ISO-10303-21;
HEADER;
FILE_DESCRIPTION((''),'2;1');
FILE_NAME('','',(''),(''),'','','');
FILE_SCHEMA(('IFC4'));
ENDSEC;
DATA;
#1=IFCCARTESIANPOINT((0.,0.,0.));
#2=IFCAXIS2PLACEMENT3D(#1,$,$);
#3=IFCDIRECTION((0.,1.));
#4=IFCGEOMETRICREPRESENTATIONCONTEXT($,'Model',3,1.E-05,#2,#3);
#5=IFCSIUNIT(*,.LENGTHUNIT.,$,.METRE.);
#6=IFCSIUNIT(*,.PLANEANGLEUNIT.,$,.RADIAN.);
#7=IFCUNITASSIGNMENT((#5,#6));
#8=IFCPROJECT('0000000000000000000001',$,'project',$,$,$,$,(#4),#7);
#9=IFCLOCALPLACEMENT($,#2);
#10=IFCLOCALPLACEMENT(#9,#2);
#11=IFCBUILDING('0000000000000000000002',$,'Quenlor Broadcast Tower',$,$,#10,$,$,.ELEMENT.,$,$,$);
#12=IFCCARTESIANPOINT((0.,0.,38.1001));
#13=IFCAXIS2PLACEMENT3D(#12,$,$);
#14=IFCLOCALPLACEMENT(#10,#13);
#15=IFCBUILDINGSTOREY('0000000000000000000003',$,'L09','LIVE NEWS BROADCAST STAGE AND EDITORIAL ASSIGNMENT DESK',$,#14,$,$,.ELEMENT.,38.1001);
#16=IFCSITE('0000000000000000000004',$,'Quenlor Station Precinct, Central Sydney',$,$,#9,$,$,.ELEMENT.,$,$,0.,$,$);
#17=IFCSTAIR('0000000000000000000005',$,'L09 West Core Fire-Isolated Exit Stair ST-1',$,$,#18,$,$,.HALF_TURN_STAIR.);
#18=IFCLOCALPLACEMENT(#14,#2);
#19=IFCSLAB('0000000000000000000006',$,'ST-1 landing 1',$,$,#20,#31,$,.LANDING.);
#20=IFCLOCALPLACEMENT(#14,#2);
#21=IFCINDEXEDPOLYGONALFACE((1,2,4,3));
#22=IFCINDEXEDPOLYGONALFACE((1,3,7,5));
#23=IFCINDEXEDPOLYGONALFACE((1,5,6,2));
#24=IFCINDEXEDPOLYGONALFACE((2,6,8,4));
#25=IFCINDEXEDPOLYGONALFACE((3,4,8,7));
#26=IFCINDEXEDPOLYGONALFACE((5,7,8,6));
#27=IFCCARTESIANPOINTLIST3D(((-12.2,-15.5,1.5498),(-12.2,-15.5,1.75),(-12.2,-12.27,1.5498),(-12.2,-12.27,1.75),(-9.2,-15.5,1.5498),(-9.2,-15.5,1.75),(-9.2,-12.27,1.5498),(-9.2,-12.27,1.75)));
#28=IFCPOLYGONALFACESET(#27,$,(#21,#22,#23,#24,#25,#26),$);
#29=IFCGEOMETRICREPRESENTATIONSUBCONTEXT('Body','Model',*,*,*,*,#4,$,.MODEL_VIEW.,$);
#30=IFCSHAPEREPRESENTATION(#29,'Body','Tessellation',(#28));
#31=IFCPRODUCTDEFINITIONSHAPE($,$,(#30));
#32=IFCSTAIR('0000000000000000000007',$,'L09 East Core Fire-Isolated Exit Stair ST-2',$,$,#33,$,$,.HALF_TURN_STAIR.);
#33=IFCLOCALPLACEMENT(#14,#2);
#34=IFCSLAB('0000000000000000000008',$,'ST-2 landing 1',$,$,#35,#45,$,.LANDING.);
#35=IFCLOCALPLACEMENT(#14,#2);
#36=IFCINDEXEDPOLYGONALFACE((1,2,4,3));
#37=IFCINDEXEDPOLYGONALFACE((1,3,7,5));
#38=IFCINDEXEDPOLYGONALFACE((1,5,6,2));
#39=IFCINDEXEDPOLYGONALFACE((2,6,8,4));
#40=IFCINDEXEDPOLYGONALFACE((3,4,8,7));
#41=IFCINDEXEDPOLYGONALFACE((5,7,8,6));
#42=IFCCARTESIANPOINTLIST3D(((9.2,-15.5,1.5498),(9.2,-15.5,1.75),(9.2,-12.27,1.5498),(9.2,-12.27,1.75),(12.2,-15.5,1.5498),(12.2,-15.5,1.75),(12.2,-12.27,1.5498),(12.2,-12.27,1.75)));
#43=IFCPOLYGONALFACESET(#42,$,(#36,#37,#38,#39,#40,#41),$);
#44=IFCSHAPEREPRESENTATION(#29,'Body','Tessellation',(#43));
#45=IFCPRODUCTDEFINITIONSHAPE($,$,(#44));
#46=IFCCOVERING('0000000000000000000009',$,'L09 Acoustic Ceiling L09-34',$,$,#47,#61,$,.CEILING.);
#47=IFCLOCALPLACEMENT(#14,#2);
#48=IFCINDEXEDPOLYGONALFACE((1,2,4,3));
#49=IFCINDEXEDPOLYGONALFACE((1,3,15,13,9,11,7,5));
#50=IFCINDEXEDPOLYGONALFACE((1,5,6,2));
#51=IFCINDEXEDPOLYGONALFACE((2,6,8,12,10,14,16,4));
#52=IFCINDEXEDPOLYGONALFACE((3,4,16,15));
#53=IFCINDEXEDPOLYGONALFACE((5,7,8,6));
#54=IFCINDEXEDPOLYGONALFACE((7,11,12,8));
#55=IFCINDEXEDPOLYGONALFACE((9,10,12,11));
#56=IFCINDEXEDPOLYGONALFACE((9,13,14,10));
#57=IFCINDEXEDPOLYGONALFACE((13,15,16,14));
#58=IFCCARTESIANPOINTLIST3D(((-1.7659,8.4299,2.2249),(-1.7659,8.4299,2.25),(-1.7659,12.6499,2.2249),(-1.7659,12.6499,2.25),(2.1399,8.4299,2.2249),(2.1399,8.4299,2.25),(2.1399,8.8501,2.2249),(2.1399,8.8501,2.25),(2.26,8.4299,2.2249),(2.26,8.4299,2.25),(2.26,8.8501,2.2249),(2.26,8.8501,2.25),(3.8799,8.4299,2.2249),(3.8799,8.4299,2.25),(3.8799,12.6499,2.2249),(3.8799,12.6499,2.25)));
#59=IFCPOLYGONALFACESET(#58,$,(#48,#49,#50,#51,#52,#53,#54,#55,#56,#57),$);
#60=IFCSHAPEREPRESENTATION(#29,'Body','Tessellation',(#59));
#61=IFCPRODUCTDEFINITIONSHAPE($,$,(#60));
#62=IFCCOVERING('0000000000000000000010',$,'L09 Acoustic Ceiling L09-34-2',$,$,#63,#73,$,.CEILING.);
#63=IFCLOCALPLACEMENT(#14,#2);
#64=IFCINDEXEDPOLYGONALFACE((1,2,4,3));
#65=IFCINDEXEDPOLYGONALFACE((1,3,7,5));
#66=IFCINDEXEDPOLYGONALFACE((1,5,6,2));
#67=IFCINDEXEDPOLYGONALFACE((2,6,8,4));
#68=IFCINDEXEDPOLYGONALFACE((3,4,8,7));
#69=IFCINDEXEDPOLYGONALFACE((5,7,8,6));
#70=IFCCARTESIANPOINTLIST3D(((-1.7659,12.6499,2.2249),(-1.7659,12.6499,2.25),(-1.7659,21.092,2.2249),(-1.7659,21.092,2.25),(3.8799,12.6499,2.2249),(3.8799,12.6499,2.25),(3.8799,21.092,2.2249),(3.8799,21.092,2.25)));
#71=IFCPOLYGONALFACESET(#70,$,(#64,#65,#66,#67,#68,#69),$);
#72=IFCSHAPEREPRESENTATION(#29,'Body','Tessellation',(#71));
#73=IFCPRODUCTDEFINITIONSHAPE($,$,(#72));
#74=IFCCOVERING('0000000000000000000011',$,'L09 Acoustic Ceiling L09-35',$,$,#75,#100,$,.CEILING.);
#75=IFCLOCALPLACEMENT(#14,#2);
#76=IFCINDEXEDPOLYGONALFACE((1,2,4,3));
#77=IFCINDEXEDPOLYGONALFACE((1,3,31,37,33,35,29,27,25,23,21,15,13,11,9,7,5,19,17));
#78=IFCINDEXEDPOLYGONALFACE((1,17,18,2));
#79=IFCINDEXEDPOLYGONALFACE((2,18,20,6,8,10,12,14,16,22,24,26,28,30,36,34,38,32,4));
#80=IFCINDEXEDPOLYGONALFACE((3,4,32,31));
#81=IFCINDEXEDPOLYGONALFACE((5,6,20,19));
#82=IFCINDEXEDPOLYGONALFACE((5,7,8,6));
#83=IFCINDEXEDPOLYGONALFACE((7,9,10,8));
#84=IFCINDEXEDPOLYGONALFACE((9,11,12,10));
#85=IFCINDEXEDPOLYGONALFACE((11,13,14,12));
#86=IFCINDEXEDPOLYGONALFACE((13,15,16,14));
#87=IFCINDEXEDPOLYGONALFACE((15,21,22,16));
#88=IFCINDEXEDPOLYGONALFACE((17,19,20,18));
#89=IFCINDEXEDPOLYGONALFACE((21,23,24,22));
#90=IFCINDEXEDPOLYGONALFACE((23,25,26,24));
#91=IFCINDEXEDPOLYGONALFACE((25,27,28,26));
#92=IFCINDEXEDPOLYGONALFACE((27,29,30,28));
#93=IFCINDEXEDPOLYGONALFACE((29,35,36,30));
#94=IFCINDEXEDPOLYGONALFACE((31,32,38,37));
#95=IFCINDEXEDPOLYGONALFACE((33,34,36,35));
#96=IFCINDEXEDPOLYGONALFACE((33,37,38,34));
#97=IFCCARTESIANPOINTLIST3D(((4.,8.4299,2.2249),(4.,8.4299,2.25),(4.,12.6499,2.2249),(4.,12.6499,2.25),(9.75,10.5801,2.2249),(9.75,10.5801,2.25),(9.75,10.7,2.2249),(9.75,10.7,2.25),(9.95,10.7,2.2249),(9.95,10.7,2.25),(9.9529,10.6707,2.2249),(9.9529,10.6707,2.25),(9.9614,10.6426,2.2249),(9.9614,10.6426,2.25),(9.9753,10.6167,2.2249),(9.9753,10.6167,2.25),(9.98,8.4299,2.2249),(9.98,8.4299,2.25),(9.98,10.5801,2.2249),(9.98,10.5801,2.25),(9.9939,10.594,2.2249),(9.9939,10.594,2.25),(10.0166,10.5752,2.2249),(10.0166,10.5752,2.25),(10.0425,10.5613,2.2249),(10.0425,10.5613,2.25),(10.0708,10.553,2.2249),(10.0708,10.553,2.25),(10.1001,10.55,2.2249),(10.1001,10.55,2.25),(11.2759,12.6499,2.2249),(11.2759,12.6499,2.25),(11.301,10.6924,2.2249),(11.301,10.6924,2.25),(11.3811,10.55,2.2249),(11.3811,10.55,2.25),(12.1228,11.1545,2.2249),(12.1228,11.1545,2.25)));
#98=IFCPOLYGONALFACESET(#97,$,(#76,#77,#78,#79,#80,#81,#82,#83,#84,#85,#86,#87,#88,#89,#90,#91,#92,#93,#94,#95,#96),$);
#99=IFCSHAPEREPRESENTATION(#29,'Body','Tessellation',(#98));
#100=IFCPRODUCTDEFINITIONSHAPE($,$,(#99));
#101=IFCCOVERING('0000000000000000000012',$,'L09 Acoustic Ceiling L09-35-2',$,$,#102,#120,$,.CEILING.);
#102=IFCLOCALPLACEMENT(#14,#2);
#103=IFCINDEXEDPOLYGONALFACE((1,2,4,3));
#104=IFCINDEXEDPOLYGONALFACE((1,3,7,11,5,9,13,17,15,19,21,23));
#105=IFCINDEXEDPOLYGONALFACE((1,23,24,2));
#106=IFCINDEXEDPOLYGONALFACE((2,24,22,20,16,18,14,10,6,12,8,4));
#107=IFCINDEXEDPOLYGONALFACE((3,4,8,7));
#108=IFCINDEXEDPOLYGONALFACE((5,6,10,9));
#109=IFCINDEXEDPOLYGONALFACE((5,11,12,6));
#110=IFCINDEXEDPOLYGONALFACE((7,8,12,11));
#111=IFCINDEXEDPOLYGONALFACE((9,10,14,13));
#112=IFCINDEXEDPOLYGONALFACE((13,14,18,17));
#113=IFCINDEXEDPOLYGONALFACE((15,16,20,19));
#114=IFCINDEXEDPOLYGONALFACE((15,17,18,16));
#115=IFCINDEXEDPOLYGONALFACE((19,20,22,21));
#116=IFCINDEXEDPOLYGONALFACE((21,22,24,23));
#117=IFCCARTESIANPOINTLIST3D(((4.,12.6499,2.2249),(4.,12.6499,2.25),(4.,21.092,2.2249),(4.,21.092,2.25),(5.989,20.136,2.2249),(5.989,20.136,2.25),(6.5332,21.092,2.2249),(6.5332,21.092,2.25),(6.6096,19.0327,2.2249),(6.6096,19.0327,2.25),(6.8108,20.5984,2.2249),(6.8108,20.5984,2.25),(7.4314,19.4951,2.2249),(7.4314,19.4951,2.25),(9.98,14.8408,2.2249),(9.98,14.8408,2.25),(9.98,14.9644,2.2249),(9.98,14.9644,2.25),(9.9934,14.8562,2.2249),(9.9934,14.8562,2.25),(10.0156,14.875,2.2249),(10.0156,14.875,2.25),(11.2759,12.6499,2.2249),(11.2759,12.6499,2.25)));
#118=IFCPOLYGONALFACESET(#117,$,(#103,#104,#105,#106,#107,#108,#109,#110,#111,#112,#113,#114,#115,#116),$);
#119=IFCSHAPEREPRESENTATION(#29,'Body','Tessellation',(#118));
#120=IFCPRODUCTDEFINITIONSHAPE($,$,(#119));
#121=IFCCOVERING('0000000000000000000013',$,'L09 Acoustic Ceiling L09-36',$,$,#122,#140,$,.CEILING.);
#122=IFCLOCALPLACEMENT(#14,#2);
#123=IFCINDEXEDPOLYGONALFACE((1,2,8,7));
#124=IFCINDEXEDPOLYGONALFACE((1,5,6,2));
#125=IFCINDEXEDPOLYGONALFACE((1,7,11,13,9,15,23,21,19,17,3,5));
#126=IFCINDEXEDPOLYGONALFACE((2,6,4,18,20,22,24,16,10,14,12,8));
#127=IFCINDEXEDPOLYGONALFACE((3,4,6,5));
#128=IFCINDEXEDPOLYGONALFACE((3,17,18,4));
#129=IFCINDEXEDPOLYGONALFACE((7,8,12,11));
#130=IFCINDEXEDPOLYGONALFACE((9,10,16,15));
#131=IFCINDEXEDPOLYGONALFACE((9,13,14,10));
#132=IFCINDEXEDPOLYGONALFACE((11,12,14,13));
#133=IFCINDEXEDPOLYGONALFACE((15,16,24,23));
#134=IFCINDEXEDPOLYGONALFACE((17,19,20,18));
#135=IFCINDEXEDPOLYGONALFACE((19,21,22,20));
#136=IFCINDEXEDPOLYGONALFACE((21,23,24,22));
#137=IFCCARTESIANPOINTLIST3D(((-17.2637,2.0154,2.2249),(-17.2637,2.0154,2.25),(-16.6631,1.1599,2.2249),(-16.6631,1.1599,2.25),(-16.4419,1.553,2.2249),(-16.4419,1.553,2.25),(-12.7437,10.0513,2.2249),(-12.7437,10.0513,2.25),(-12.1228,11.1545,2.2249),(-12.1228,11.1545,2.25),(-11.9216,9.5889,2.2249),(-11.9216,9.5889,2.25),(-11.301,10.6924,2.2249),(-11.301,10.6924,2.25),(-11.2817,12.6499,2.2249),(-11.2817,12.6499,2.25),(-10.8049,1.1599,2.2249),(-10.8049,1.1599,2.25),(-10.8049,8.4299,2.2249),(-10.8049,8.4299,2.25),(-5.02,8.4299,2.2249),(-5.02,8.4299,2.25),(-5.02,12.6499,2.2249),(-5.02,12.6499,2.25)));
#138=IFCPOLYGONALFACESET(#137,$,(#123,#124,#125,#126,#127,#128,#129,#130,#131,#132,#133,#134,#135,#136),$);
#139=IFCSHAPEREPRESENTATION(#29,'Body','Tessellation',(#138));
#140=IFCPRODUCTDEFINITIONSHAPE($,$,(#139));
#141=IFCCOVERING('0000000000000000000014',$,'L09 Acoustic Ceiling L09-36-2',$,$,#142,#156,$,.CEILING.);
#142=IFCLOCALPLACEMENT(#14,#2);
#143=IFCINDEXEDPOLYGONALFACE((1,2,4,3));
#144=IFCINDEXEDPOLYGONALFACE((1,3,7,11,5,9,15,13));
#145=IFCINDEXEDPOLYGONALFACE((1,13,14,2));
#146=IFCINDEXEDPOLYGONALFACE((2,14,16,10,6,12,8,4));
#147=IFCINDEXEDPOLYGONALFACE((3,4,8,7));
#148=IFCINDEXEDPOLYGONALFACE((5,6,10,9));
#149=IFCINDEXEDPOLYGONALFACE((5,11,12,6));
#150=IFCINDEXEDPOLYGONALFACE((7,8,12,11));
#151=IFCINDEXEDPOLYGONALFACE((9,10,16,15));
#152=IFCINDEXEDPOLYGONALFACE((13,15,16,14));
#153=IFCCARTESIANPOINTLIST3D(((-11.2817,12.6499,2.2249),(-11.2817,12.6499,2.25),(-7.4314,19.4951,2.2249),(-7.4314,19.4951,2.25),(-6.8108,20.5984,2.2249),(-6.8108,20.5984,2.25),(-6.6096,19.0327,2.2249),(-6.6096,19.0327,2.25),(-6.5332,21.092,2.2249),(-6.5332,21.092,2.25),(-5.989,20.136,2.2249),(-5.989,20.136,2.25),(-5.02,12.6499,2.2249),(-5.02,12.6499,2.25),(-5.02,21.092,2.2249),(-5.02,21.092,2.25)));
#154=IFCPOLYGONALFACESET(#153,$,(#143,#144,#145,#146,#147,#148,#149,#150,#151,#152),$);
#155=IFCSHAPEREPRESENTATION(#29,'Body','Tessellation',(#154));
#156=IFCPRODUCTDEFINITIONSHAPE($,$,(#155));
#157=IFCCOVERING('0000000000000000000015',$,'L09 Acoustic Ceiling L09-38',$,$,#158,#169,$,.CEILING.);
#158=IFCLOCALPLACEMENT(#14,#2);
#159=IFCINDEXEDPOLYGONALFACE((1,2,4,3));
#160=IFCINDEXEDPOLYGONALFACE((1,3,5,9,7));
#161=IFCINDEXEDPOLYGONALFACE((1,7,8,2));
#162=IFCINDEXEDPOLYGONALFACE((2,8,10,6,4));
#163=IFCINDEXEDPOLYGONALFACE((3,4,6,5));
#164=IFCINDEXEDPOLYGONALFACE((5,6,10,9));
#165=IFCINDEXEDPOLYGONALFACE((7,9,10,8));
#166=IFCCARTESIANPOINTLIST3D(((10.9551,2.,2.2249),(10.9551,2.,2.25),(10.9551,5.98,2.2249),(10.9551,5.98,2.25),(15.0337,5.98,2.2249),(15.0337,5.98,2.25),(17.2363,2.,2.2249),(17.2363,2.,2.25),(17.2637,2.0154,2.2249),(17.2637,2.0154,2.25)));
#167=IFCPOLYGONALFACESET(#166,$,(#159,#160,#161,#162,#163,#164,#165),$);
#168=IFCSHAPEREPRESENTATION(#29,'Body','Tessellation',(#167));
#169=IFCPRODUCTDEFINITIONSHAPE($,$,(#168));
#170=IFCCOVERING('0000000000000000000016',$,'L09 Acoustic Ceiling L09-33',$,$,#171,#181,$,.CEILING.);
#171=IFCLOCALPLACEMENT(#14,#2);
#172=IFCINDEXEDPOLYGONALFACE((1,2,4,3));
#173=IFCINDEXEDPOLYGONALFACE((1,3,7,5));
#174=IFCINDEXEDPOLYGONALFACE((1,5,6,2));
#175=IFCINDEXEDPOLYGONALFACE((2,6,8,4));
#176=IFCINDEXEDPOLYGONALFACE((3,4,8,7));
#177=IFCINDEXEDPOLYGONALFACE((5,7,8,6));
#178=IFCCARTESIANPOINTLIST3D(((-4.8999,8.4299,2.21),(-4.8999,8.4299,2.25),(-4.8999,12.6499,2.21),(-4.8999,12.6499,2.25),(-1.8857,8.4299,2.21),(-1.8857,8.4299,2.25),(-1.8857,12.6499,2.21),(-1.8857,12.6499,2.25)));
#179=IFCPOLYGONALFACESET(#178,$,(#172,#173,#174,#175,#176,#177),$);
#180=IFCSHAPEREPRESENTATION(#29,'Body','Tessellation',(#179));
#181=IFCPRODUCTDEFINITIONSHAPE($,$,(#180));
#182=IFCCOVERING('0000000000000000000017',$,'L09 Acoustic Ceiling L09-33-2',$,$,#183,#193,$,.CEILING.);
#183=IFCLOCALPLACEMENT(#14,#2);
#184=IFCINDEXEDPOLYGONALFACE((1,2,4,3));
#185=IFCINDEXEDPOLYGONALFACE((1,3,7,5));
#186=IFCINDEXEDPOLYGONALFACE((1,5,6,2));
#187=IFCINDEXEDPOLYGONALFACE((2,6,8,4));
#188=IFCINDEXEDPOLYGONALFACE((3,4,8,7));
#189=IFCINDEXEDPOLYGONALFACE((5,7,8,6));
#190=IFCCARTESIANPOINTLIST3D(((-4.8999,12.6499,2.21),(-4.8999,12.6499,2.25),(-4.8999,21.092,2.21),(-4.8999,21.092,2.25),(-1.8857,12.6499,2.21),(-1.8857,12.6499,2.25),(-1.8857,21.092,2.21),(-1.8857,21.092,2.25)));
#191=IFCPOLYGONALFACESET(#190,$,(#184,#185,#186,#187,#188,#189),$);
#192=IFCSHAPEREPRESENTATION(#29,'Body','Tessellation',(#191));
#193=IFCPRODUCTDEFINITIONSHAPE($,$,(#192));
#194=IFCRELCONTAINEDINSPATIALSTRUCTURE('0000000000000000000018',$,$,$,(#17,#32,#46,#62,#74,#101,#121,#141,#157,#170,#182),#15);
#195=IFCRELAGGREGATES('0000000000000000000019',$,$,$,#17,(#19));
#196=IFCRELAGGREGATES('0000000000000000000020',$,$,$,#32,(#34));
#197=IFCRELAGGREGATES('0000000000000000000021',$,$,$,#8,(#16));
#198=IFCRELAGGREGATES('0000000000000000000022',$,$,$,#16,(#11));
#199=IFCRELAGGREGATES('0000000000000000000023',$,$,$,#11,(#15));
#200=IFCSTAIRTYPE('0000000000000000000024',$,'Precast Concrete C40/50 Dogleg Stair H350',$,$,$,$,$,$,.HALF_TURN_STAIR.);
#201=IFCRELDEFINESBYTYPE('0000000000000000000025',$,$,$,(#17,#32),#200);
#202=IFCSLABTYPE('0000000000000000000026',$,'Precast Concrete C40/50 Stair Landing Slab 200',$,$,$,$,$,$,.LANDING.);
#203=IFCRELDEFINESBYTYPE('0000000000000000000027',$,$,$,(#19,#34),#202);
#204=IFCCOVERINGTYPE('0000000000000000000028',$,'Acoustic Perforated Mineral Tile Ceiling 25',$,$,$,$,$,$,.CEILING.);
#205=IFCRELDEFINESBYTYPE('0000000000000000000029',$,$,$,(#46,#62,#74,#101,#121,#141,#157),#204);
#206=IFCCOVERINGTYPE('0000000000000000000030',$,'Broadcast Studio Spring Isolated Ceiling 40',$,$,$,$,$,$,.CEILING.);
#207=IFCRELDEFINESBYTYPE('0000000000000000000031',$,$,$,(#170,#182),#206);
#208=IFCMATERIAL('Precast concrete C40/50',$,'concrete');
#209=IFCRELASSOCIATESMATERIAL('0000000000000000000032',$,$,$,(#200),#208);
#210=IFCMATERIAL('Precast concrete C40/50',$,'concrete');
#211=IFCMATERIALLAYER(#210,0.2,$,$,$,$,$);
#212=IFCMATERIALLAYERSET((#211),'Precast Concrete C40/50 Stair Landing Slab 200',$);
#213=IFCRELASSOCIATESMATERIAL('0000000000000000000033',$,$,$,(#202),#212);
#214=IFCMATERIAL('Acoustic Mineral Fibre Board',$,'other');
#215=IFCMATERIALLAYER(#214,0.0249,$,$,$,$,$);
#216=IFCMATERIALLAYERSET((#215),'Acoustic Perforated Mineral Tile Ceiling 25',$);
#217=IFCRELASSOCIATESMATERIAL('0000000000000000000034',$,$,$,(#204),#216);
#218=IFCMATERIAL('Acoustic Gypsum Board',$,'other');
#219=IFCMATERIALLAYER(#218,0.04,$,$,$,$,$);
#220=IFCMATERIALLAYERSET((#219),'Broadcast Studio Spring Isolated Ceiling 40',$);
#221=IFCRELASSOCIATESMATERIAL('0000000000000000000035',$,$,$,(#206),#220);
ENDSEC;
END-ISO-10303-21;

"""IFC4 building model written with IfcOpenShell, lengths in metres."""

from ifc_helpers import new_model, si_unit, direction, frame, origin, place, context, subcontext, project, spatial, polyline, outline, extrude, material, layer, layer_set, type_object, element, aggregate, save


model = new_model("IFC4")

# Units and contexts
model_context = context("Model", 3, precision=1e-05, world=origin(), true_north=direction((0.0, 1.0)))
body_context = subcontext(model_context, "Body", "Model", "MODEL_VIEW")
ifc_project = project(units=[si_unit("LENGTHUNIT", "METRE"), si_unit("PLANEANGLEUNIT", "RADIAN")], contexts=[model_context])

# Site, building, storey
site_placement = place(None, origin())
site = spatial("IfcSite", under=ifc_project, at=site_placement, Name="Quenlor Station Precinct, Central Sydney", CompositionType="ELEMENT", RefElevation=0.0)
building_placement = place(site_placement, origin())
building = spatial("IfcBuilding", under=site, at=building_placement, Name="Quenlor Broadcast Tower", CompositionType="ELEMENT")
storey_placement = place(building_placement, frame((0.0, 0.0, 38.1001)))
storey = spatial("IfcBuildingStorey", under=building, at=storey_placement, Name="L09", Description="LIVE NEWS BROADCAST STAGE AND EDITORIAL ASSIGNMENT DESK", CompositionType="ELEMENT", Elevation=38.1001)

# Stairs, slabs
ifc_material_1 = material(Name="Precast concrete C40/50", Category="concrete")
stair_type = type_object("IfcStairType", Name="Precast Concrete C40/50 Dogleg Stair H350", PredefinedType="HALF_TURN_STAIR", material=ifc_material_1)
stair_1_placement = place(storey_placement, origin())
stair_1 = element("IfcStair", 1, at=stair_1_placement, inside=storey, type_object=stair_type, Name="L09 West Core Fire-Isolated Exit Stair ST-1", PredefinedType="HALF_TURN_STAIR")
ifc_material_2 = material(Name="Precast concrete C40/50", Category="concrete")
ifc_layer_1 = layer(ifc_material_2, 0.2)
ifc_layer_set_1 = layer_set([ifc_layer_1], Name="Precast Concrete C40/50 Stair Landing Slab 200")
slab_type = type_object("IfcSlabType", Name="Precast Concrete C40/50 Stair Landing Slab 200", PredefinedType="LANDING", material=ifc_layer_set_1)
slab_1_placement = place(storey_placement, frame((0.0, 0.0, 1.5498)))
slab_1 = element("IfcSlab", 2, at=slab_1_placement, type_object=slab_type, Name="ST-1 landing 1", PredefinedType="LANDING", context=body_context, shape_type="SweptSolid", body=[
    extrude(outline(polyline([(-12.2, -12.27), (-12.2, -15.5), (-9.2, -15.5), (-9.2, -12.27), (-12.2, -12.27)])), origin(), (0.0, 0.0, 1.0), 0.2002),
])
aggregate(stair_1, [slab_1])
stair_2_placement = place(storey_placement, origin())
stair_2 = element("IfcStair", 3, at=stair_2_placement, inside=storey, type_object=stair_type, Name="L09 East Core Fire-Isolated Exit Stair ST-2", PredefinedType="HALF_TURN_STAIR")
slab_2_placement = place(storey_placement, frame((0.0, 0.0, 1.5498)))
slab_2 = element("IfcSlab", 4, at=slab_2_placement, type_object=slab_type, Name="ST-2 landing 1", PredefinedType="LANDING", context=body_context, shape_type="SweptSolid", body=[
    extrude(outline(polyline([(9.2, -12.27), (9.2, -15.5), (12.2, -15.5), (12.2, -12.27), (9.2, -12.27)])), origin(), (0.0, 0.0, 1.0), 0.2002),
])
aggregate(stair_2, [slab_2])

# Coverings
ifc_material_3 = material(Name="Acoustic Mineral Fibre Board", Category="other")
ifc_layer_2 = layer(ifc_material_3, 0.0249)
ifc_layer_set_2 = layer_set([ifc_layer_2], Name="Acoustic Perforated Mineral Tile Ceiling 25")
covering_type_1 = type_object("IfcCoveringType", Name="Acoustic Perforated Mineral Tile Ceiling 25", PredefinedType="CEILING", material=ifc_layer_set_2)
covering_1_placement = place(storey_placement, frame((0.0, 0.0, 2.2249)))
element("IfcCovering", 5, at=covering_1_placement, inside=storey, type_object=covering_type_1, Name="L09 Acoustic Ceiling L09-34", PredefinedType="CEILING", context=body_context, shape_type="SweptSolid", body=[
    extrude(outline(polyline([(-1.7659, 8.4299), (-1.7659, 12.6499), (3.8799, 12.6499), (3.8799, 8.4299), (2.26, 8.4299), (2.26, 8.8501), (2.1399, 8.8501), (2.1399, 8.4299), (-1.7659, 8.4299)])), origin(), (0.0, 0.0, 1.0), 0.0251),
])
covering_2_placement = place(storey_placement, frame((0.0, 0.0, 2.2249)))
element("IfcCovering", 6, at=covering_2_placement, inside=storey, type_object=covering_type_1, Name="L09 Acoustic Ceiling L09-34-2", PredefinedType="CEILING", context=body_context, shape_type="SweptSolid", body=[
    extrude(outline(polyline([(-1.7659, 21.092), (3.8799, 21.092), (3.8799, 12.6499), (-1.7659, 12.6499), (-1.7659, 21.092)])), origin(), (0.0, 0.0, 1.0), 0.0251),
])
covering_3_placement = place(storey_placement, frame((0.0, 0.0, 2.2249)))
element("IfcCovering", 7, at=covering_3_placement, inside=storey, type_object=covering_type_1, Name="L09 Acoustic Ceiling L09-35", PredefinedType="CEILING", context=body_context, shape_type="SweptSolid", body=[
    extrude(outline(polyline([(10.0425, 10.5613), (10.0166, 10.5752), (9.9939, 10.594), (9.9753, 10.6167), (9.9614, 10.6426), (9.9529, 10.6707), (9.95, 10.7), (9.75, 10.7), (9.75, 10.5801), (9.98, 10.5801), (9.98, 8.4299), (4.0, 8.4299), (4.0, 12.6499), (11.2759, 12.6499), (12.1228, 11.1545), (11.301, 10.6924), (11.3811, 10.55), (10.1001, 10.55), (10.0708, 10.553), (10.0425, 10.5613)])), origin(), (0.0, 0.0, 1.0), 0.0251),
])
covering_4_placement = place(storey_placement, frame((0.0, 0.0, 2.2249)))
element("IfcCovering", 8, at=covering_4_placement, inside=storey, type_object=covering_type_1, Name="L09 Acoustic Ceiling L09-35-2", PredefinedType="CEILING", context=body_context, shape_type="SweptSolid", body=[
    extrude(outline(polyline([(4.0, 21.092), (6.5332, 21.092), (6.8108, 20.5984), (5.989, 20.136), (6.6096, 19.0327), (7.4314, 19.4951), (9.98, 14.9644), (9.98, 14.8408), (9.9934, 14.8562), (10.0156, 14.875), (11.2759, 12.6499), (4.0, 12.6499), (4.0, 21.092)])), origin(), (0.0, 0.0, 1.0), 0.0251),
])
covering_5_placement = place(storey_placement, frame((0.0, 0.0, 2.2249)))
element("IfcCovering", 9, at=covering_5_placement, inside=storey, type_object=covering_type_1, Name="L09 Acoustic Ceiling L09-36", PredefinedType="CEILING", context=body_context, shape_type="SweptSolid", body=[
    extrude(outline(polyline([(-16.6631, 1.1599), (-16.4419, 1.553), (-17.2637, 2.0154), (-12.7437, 10.0513), (-11.9216, 9.5889), (-11.301, 10.6924), (-12.1228, 11.1545), (-11.2817, 12.6499), (-5.02, 12.6499), (-5.02, 8.4299), (-10.8049, 8.4299), (-10.8049, 1.1599), (-16.6631, 1.1599)])), origin(), (0.0, 0.0, 1.0), 0.0251),
])
covering_6_placement = place(storey_placement, frame((0.0, 0.0, 2.2249)))
element("IfcCovering", 10, at=covering_6_placement, inside=storey, type_object=covering_type_1, Name="L09 Acoustic Ceiling L09-36-2", PredefinedType="CEILING", context=body_context, shape_type="SweptSolid", body=[
    extrude(outline(polyline([(-7.4314, 19.4951), (-6.6096, 19.0327), (-5.989, 20.136), (-6.8108, 20.5984), (-6.5332, 21.092), (-5.02, 21.092), (-5.02, 12.6499), (-11.2817, 12.6499), (-7.4314, 19.4951)])), origin(), (0.0, 0.0, 1.0), 0.0251),
])
covering_7_placement = place(storey_placement, frame((0.0, 0.0, 2.2249)))
element("IfcCovering", 11, at=covering_7_placement, inside=storey, type_object=covering_type_1, Name="L09 Acoustic Ceiling L09-38", PredefinedType="CEILING", context=body_context, shape_type="SweptSolid", body=[
    extrude(outline(polyline([(15.0337, 5.98), (17.2637, 2.0154), (17.2363, 2.0), (10.9551, 2.0), (10.9551, 5.98), (15.0337, 5.98)])), origin(), (0.0, 0.0, 1.0), 0.0251),
])
ifc_material_4 = material(Name="Acoustic Gypsum Board", Category="other")
ifc_layer_3 = layer(ifc_material_4, 0.04)
ifc_layer_set_3 = layer_set([ifc_layer_3], Name="Broadcast Studio Spring Isolated Ceiling 40")
covering_type_2 = type_object("IfcCoveringType", Name="Broadcast Studio Spring Isolated Ceiling 40", PredefinedType="CEILING", material=ifc_layer_set_3)
covering_8_placement = place(storey_placement, frame((0.0, 0.0, 2.21)))
element("IfcCovering", 12, at=covering_8_placement, inside=storey, type_object=covering_type_2, Name="L09 Acoustic Ceiling L09-33", PredefinedType="CEILING", context=body_context, shape_type="SweptSolid", body=[
    extrude(outline(polyline([(-1.8857, 8.4299), (-4.8999, 8.4299), (-4.8999, 12.6499), (-1.8857, 12.6499), (-1.8857, 8.4299)])), origin(), (0.0, 0.0, 1.0), 0.04),
])
covering_9_placement = place(storey_placement, frame((0.0, 0.0, 2.21)))
element("IfcCovering", 13, at=covering_9_placement, inside=storey, type_object=covering_type_2, Name="L09 Acoustic Ceiling L09-33-2", PredefinedType="CEILING", context=body_context, shape_type="SweptSolid", body=[
    extrude(outline(polyline([(-1.8857, 12.6499), (-4.8999, 12.6499), (-4.8999, 21.092), (-1.8857, 21.092), (-1.8857, 12.6499)])), origin(), (0.0, 0.0, 1.0), 0.04),
])

save(model, "model.ifc")
